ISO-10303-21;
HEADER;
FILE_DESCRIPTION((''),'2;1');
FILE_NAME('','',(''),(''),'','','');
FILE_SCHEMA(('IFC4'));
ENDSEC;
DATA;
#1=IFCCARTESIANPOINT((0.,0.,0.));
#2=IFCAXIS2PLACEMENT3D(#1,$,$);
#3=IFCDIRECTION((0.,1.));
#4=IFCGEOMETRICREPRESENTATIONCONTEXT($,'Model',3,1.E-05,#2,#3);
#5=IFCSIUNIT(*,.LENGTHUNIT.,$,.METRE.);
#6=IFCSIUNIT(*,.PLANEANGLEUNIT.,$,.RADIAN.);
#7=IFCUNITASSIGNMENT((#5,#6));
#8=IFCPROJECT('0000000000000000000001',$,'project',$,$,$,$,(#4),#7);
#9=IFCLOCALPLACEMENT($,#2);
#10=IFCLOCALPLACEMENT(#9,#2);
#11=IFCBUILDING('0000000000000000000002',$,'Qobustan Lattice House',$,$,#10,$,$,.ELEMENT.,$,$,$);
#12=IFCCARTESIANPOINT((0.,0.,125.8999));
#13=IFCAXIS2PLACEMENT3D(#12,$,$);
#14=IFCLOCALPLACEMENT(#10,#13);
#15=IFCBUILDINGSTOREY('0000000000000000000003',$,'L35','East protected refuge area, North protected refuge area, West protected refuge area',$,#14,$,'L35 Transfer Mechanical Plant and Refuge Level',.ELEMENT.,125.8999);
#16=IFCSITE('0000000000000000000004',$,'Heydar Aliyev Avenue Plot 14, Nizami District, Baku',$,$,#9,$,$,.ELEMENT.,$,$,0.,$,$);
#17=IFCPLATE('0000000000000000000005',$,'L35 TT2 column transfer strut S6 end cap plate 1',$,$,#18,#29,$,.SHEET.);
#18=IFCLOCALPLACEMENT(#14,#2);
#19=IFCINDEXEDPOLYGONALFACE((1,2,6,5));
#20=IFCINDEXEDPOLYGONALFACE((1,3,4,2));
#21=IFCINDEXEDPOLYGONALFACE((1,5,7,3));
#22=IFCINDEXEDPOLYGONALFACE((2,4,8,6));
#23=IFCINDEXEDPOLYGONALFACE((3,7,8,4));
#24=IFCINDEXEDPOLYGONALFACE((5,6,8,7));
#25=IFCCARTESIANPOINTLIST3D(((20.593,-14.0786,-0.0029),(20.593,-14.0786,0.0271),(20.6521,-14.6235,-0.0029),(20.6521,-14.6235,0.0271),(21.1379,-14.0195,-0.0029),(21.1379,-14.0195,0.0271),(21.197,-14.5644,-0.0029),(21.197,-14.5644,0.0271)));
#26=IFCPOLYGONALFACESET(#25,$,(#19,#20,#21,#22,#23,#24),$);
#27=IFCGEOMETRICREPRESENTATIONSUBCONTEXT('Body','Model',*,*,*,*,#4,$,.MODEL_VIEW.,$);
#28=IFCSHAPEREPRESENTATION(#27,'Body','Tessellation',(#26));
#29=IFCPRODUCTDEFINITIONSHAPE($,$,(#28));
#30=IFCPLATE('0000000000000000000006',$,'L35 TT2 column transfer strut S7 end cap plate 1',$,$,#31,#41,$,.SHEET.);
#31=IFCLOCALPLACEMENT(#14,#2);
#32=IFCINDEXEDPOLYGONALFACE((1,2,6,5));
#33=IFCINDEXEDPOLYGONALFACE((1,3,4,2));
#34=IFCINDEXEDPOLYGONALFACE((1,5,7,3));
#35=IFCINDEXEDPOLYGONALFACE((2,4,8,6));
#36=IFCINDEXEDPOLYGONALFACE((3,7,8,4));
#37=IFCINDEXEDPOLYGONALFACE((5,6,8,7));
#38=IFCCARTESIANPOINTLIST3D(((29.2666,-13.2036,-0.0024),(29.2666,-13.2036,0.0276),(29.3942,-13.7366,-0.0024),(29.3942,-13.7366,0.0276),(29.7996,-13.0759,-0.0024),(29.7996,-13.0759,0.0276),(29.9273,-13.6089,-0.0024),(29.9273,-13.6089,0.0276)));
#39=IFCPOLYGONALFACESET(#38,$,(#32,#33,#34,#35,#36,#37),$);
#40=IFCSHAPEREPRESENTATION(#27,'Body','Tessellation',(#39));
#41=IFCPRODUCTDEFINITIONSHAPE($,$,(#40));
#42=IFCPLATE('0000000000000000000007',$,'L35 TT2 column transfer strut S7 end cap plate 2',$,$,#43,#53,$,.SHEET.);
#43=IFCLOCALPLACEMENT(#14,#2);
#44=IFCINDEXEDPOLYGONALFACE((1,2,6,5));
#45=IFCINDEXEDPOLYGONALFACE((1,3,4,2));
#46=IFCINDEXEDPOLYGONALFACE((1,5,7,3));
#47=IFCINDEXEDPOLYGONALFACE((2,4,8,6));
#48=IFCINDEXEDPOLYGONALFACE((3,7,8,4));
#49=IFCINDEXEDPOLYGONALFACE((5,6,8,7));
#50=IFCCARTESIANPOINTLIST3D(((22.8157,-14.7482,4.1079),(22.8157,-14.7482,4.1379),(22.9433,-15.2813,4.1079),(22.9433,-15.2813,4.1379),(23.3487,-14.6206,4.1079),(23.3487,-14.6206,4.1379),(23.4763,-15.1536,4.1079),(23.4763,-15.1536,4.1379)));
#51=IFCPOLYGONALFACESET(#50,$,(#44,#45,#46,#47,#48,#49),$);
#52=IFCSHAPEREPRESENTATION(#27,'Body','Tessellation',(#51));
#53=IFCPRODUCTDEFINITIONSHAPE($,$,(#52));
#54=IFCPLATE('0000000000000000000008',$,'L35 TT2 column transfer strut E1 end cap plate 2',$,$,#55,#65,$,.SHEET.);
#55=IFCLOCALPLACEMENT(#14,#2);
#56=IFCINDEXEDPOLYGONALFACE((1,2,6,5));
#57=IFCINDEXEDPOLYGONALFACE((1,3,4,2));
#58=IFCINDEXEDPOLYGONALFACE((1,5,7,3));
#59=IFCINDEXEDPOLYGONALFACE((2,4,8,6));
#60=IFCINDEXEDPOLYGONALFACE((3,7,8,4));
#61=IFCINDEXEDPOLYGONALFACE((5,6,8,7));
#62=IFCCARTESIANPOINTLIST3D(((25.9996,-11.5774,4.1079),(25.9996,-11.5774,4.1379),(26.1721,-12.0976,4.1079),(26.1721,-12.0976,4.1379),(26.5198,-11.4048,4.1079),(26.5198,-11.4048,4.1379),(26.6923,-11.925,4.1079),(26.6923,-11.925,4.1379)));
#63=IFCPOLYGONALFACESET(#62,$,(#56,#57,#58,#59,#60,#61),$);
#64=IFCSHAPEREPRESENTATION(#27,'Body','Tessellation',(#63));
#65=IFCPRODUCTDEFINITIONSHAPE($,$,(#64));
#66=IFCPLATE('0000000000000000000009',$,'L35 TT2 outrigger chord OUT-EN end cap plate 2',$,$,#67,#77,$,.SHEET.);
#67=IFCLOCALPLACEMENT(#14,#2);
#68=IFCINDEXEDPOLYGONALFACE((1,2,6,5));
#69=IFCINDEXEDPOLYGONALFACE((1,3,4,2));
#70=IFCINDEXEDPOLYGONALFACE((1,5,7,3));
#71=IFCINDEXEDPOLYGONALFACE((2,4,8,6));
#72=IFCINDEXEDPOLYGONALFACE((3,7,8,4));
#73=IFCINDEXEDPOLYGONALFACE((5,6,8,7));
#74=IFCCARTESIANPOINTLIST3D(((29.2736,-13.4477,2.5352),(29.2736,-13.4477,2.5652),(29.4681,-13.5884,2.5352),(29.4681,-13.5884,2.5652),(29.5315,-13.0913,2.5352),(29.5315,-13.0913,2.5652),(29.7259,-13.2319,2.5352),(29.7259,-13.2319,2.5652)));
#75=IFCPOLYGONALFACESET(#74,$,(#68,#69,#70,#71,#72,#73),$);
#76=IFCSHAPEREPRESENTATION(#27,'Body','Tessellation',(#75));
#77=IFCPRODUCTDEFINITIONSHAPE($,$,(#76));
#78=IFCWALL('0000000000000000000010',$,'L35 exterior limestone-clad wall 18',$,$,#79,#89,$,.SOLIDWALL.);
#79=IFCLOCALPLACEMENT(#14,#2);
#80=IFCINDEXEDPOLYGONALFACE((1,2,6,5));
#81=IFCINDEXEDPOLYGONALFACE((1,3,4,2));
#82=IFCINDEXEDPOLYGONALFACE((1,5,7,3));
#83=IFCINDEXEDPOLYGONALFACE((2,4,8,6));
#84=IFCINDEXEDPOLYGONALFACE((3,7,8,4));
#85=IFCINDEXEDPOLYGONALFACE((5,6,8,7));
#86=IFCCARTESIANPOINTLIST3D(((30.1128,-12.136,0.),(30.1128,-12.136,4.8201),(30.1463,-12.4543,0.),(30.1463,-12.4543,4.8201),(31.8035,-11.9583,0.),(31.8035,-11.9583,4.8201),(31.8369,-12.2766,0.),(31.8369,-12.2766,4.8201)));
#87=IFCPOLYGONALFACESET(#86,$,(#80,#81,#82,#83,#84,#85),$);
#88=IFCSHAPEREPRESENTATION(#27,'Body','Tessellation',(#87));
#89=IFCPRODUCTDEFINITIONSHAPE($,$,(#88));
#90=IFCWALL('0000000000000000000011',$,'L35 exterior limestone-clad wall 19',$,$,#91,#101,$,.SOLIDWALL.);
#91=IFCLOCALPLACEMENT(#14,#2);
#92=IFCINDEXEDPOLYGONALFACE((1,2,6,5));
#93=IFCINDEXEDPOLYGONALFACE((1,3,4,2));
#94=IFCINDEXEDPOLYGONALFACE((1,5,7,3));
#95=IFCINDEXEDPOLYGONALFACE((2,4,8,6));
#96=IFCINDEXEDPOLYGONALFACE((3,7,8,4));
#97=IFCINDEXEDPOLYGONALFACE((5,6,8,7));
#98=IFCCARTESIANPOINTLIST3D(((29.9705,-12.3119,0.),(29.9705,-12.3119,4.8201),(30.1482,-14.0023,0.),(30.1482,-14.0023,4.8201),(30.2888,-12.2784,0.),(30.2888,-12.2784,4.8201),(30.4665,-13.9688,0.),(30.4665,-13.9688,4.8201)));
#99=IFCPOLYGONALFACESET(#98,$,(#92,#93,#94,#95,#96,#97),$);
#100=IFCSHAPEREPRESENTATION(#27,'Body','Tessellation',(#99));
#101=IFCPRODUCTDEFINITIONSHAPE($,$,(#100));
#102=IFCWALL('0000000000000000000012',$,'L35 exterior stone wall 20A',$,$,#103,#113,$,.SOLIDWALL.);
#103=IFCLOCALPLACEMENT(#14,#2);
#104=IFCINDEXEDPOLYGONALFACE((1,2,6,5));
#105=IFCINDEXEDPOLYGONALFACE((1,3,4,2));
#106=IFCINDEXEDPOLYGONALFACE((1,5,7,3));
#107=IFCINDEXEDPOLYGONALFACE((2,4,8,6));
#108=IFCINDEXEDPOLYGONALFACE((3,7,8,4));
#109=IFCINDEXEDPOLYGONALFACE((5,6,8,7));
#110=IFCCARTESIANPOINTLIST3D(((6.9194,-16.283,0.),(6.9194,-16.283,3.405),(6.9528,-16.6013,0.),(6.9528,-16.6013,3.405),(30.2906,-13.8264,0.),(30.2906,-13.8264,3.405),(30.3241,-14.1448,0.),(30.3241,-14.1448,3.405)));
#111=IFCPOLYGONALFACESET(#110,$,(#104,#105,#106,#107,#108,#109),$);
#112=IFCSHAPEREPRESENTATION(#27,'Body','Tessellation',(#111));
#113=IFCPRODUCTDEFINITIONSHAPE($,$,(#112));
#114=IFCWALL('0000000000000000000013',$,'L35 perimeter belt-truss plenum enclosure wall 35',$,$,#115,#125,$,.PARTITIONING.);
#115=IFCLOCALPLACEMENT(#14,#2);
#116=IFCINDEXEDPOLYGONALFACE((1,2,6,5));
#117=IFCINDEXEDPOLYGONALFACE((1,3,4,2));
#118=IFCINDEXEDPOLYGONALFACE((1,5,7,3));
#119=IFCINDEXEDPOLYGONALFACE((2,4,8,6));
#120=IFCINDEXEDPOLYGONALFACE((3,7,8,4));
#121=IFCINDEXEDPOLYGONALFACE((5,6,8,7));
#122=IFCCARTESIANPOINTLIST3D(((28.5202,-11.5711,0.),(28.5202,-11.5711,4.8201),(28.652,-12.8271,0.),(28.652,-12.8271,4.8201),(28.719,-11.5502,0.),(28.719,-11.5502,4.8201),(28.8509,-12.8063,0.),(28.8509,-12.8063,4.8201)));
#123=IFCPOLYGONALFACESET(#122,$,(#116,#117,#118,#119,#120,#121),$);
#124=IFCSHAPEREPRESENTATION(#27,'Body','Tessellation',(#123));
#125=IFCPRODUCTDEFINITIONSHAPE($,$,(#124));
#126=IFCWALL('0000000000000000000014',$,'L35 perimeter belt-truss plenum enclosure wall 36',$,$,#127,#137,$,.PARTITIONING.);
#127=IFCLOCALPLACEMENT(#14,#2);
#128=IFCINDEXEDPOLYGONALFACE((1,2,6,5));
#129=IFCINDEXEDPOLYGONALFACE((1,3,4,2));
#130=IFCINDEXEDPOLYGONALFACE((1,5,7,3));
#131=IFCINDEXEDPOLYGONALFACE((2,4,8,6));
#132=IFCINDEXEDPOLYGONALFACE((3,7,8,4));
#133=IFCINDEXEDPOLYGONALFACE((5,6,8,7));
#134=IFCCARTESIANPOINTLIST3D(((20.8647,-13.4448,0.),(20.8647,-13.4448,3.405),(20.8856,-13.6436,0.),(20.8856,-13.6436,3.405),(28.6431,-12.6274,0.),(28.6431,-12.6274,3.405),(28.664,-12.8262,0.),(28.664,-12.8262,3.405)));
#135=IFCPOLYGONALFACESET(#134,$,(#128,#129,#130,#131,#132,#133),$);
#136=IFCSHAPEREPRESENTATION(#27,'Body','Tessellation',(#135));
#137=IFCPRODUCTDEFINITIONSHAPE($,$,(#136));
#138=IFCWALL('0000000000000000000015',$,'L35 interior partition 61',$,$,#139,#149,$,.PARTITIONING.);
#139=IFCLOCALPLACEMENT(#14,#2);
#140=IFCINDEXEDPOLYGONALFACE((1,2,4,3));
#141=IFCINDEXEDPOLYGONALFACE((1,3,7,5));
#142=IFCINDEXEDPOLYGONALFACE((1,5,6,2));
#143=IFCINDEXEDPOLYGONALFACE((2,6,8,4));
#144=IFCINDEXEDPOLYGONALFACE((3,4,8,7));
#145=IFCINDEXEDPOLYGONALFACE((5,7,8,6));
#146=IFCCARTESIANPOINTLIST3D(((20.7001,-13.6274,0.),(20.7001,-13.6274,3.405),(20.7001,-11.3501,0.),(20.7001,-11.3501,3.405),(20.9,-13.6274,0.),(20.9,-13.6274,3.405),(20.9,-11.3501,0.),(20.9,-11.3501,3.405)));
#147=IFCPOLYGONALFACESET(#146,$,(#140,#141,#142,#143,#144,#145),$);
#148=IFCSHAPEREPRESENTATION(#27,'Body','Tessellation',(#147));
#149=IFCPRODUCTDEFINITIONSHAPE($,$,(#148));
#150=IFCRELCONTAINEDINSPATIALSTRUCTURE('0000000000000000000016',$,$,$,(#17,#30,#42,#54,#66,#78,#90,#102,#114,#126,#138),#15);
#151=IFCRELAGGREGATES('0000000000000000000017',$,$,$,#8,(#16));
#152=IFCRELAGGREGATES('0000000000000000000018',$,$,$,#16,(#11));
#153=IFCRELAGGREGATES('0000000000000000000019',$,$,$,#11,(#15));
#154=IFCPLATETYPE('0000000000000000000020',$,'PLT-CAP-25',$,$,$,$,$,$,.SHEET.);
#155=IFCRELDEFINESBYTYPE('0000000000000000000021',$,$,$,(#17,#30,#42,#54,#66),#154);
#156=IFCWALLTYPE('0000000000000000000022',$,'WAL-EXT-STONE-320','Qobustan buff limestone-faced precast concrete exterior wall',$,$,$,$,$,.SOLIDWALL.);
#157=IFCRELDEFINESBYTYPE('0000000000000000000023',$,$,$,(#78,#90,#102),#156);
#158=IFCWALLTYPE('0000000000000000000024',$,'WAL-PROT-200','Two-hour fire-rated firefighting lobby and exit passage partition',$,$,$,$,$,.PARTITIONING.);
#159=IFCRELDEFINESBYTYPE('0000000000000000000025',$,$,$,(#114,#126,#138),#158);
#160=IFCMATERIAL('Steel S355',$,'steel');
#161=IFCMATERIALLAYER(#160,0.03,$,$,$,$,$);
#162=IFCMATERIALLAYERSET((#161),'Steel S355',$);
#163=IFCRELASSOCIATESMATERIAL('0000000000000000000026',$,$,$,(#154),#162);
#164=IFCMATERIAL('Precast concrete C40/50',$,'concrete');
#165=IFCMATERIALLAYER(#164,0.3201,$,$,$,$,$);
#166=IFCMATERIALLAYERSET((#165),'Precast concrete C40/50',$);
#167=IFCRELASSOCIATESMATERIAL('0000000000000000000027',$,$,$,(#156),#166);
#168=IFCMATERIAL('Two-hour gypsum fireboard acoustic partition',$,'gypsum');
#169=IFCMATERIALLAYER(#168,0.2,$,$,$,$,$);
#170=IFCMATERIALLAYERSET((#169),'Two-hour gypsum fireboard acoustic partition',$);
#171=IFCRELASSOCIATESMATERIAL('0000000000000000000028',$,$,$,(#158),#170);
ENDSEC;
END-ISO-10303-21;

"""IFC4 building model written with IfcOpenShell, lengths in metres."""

from ifc_helpers import new_model, si_unit, direction, frame, frame_2d, origin, origin_2d, place, context, subcontext, project, spatial, rectangle, extrude, material, layer, layer_set, type_object, element, save


model = new_model("IFC4")

# Units and contexts
model_context = context("Model", 3, precision=1e-05, world=origin(), true_north=direction((0.0, 1.0)))
body_context = subcontext(model_context, "Body", "Model", "MODEL_VIEW")
ifc_project = project(units=[si_unit("LENGTHUNIT", "METRE"), si_unit("PLANEANGLEUNIT", "RADIAN")], contexts=[model_context])

# Site, building, storey
site_placement = place(None, origin())
site = spatial("IfcSite", under=ifc_project, at=site_placement, Name="Heydar Aliyev Avenue Plot 14, Nizami District, Baku", CompositionType="ELEMENT", RefElevation=0.0)
building_placement = place(site_placement, origin())
building = spatial("IfcBuilding", under=site, at=building_placement, Name="Qobustan Lattice House", CompositionType="ELEMENT")
storey_placement = place(building_placement, frame((0.0, 0.0, 125.8999)))
storey = spatial("IfcBuildingStorey", under=building, at=storey_placement, Name="L35", Description="East protected refuge area, North protected refuge area, West protected refuge area", LongName="L35 Transfer Mechanical Plant and Refuge Level", CompositionType="ELEMENT", Elevation=125.8999)

# Plates
ifc_material_1 = material(Name="Steel S355", Category="steel")
ifc_layer_1 = layer(ifc_material_1, 0.03)
ifc_layer_set_1 = layer_set([ifc_layer_1], Name="Steel S355")
plate_type = type_object("IfcPlateType", Name="PLT-CAP-25", PredefinedType="SHEET", material=ifc_layer_set_1)
for number, where, z_axis, x_axis, name in (
    (1, (20.895, -14.3215, -0.0029), (0.0, 0.0, 1.0), (-0.99417, -0.107826, 0.0), "L35 TT2 column transfer strut S6 end cap plate 1"),
    (2, (29.5969, -13.4062, -0.0024), (0.0, 0.0, 1.0), (-0.972508, -0.232868, 0.0), "L35 TT2 column transfer strut S7 end cap plate 1"),
    (3, (23.146, -14.9509, 4.1079), (0.0, 0.0, 1.0), (-0.972508, -0.232868, 0.0), "L35 TT2 column transfer strut S7 end cap plate 2"),
    (4, (26.3459, -11.7512, 4.1079), (0.0, 0.0, 1.0), (-0.94914, -0.314854, 0.0), "L35 TT2 column transfer strut E1 end cap plate 2"),
):
    element("IfcPlate", number, at=place(storey_placement, frame(where, z_axis=z_axis, x_axis=x_axis)), inside=storey, type_object=plate_type, Name=name, PredefinedType="SHEET", context=body_context, shape_type="SweptSolid", body=[
        extrude(rectangle(XDim=0.5481, YDim=0.5481, at=origin_2d()), origin(), (0.0, 0.0, 1.0), 0.03),
    ])
plate_1_placement = place(storey_placement, frame((29.4998, -13.3398, 2.5352), z_axis=(0.0, 0.0, 1.0), x_axis=(0.810236, -0.586104, 0.0)))
element("IfcPlate", 5, at=plate_1_placement, inside=storey, type_object=plate_type, Name="L35 TT2 outrigger chord OUT-EN end cap plate 2", PredefinedType="SHEET", context=body_context, shape_type="SweptSolid", body=[
    extrude(rectangle(XDim=0.24, YDim=0.4399, at=origin_2d()), origin(), (0.0, 0.0, 1.0), 0.03),
])

# Walls
ifc_material_2 = material(Name="Precast concrete C40/50", Category="concrete")
ifc_layer_2 = layer(ifc_material_2, 0.3201)
ifc_layer_set_2 = layer_set([ifc_layer_2], Name="Precast concrete C40/50")
wall_type_1 = type_object("IfcWallType", Name="WAL-EXT-STONE-320", Description="Qobustan buff limestone-faced precast concrete exterior wall", PredefinedType="SOLIDWALL", material=ifc_layer_set_2)
wall_1_placement = place(storey_placement, frame((31.8203, -12.1174, 0.0), z_axis=(0.0, 0.0, 1.0), x_axis=(-0.99452, -0.10455, 0.0)))
element("IfcWall", 6, at=wall_1_placement, inside=storey, type_object=wall_type_1, Name="L35 exterior limestone-clad wall 18", PredefinedType="SOLIDWALL", context=body_context, shape_type="SweptSolid", body=[
    extrude(rectangle(XDim=1.7, YDim=0.3201, at=frame_2d((0.8501, 0.0))), origin(), (0.0, 0.0, 1.0), 4.8201),
])
wall_2_placement = place(storey_placement, frame((30.1296, -12.2952, 0.0), z_axis=(0.0, 0.0, 1.0), x_axis=(0.104565, -0.994518, 0.0)))
element("IfcWall", 7, at=wall_2_placement, inside=storey, type_object=wall_type_1, Name="L35 exterior limestone-clad wall 19", PredefinedType="SOLIDWALL", context=body_context, shape_type="SweptSolid", body=[
    extrude(rectangle(XDim=1.6997, YDim=0.3201, at=frame_2d((0.8499, 0.0))), origin(), (0.0, 0.0, 1.0), 4.8201),
])
wall_3_placement = place(storey_placement, frame((30.3074, -13.9856, 0.0), z_axis=(0.0, 0.0, 1.0), x_axis=(-0.994521, -0.104533, 0.0)))
element("IfcWall", 8, at=wall_3_placement, inside=storey, type_object=wall_type_1, Name="L35 exterior stone wall 20A", PredefinedType="SOLIDWALL", context=body_context, shape_type="SweptSolid", body=[
    extrude(rectangle(XDim=23.5, YDim=0.3201, at=frame_2d((11.75, 0.0))), origin(), (0.0, 0.0, 1.0), 3.405),
])
ifc_material_3 = material(Name="Two-hour gypsum fireboard acoustic partition", Category="gypsum")
ifc_layer_3 = layer(ifc_material_3, 0.2)
ifc_layer_set_3 = layer_set([ifc_layer_3], Name="Two-hour gypsum fireboard acoustic partition")
wall_type_2 = type_object("IfcWallType", Name="WAL-PROT-200", Description="Two-hour fire-rated firefighting lobby and exit passage partition", PredefinedType="PARTITIONING", material=ifc_layer_set_3)
wall_4_placement = place(storey_placement, frame((28.6196, -11.5608, 0.0), z_axis=(0.0, 0.0, 1.0), x_axis=(0.104383, -0.994537, 0.0)))
element("IfcWall", 9, at=wall_4_placement, inside=storey, type_object=wall_type_2, Name="L35 perimeter belt-truss plenum enclosure wall 35", PredefinedType="PARTITIONING", context=body_context, shape_type="SweptSolid", body=[
    extrude(rectangle(XDim=1.2629, YDim=0.2, at=frame_2d((0.6313, 0.0))), origin(), (0.0, 0.0, 1.0), 4.8201),
])
wall_5_placement = place(storey_placement, frame((28.6536, -12.7268, 0.0), z_axis=(0.0, 0.0, 1.0), x_axis=(-0.994524, -0.104506, 0.0)))
element("IfcWall", 10, at=wall_5_placement, inside=storey, type_object=wall_type_2, Name="L35 perimeter belt-truss plenum enclosure wall 36", PredefinedType="PARTITIONING", context=body_context, shape_type="SweptSolid", body=[
    extrude(rectangle(XDim=7.8213, YDim=0.2, at=frame_2d((3.9106, 0.0))), origin(), (0.0, 0.0, 1.0), 3.405),
])
wall_6_placement = place(storey_placement, frame((20.8, -13.6274, 0.0), z_axis=(0.0, 0.0, 1.0), x_axis=(0.0, 1.0, 0.0)))
element("IfcWall", 11, at=wall_6_placement, inside=storey, type_object=wall_type_2, Name="L35 interior partition 61", PredefinedType="PARTITIONING", context=body_context, shape_type="SweptSolid", body=[
    extrude(rectangle(XDim=2.2773, YDim=0.2, at=frame_2d((1.1387, 0.0))), origin(), (0.0, 0.0, 1.0), 3.405),
])

save(model, "model.ifc")
